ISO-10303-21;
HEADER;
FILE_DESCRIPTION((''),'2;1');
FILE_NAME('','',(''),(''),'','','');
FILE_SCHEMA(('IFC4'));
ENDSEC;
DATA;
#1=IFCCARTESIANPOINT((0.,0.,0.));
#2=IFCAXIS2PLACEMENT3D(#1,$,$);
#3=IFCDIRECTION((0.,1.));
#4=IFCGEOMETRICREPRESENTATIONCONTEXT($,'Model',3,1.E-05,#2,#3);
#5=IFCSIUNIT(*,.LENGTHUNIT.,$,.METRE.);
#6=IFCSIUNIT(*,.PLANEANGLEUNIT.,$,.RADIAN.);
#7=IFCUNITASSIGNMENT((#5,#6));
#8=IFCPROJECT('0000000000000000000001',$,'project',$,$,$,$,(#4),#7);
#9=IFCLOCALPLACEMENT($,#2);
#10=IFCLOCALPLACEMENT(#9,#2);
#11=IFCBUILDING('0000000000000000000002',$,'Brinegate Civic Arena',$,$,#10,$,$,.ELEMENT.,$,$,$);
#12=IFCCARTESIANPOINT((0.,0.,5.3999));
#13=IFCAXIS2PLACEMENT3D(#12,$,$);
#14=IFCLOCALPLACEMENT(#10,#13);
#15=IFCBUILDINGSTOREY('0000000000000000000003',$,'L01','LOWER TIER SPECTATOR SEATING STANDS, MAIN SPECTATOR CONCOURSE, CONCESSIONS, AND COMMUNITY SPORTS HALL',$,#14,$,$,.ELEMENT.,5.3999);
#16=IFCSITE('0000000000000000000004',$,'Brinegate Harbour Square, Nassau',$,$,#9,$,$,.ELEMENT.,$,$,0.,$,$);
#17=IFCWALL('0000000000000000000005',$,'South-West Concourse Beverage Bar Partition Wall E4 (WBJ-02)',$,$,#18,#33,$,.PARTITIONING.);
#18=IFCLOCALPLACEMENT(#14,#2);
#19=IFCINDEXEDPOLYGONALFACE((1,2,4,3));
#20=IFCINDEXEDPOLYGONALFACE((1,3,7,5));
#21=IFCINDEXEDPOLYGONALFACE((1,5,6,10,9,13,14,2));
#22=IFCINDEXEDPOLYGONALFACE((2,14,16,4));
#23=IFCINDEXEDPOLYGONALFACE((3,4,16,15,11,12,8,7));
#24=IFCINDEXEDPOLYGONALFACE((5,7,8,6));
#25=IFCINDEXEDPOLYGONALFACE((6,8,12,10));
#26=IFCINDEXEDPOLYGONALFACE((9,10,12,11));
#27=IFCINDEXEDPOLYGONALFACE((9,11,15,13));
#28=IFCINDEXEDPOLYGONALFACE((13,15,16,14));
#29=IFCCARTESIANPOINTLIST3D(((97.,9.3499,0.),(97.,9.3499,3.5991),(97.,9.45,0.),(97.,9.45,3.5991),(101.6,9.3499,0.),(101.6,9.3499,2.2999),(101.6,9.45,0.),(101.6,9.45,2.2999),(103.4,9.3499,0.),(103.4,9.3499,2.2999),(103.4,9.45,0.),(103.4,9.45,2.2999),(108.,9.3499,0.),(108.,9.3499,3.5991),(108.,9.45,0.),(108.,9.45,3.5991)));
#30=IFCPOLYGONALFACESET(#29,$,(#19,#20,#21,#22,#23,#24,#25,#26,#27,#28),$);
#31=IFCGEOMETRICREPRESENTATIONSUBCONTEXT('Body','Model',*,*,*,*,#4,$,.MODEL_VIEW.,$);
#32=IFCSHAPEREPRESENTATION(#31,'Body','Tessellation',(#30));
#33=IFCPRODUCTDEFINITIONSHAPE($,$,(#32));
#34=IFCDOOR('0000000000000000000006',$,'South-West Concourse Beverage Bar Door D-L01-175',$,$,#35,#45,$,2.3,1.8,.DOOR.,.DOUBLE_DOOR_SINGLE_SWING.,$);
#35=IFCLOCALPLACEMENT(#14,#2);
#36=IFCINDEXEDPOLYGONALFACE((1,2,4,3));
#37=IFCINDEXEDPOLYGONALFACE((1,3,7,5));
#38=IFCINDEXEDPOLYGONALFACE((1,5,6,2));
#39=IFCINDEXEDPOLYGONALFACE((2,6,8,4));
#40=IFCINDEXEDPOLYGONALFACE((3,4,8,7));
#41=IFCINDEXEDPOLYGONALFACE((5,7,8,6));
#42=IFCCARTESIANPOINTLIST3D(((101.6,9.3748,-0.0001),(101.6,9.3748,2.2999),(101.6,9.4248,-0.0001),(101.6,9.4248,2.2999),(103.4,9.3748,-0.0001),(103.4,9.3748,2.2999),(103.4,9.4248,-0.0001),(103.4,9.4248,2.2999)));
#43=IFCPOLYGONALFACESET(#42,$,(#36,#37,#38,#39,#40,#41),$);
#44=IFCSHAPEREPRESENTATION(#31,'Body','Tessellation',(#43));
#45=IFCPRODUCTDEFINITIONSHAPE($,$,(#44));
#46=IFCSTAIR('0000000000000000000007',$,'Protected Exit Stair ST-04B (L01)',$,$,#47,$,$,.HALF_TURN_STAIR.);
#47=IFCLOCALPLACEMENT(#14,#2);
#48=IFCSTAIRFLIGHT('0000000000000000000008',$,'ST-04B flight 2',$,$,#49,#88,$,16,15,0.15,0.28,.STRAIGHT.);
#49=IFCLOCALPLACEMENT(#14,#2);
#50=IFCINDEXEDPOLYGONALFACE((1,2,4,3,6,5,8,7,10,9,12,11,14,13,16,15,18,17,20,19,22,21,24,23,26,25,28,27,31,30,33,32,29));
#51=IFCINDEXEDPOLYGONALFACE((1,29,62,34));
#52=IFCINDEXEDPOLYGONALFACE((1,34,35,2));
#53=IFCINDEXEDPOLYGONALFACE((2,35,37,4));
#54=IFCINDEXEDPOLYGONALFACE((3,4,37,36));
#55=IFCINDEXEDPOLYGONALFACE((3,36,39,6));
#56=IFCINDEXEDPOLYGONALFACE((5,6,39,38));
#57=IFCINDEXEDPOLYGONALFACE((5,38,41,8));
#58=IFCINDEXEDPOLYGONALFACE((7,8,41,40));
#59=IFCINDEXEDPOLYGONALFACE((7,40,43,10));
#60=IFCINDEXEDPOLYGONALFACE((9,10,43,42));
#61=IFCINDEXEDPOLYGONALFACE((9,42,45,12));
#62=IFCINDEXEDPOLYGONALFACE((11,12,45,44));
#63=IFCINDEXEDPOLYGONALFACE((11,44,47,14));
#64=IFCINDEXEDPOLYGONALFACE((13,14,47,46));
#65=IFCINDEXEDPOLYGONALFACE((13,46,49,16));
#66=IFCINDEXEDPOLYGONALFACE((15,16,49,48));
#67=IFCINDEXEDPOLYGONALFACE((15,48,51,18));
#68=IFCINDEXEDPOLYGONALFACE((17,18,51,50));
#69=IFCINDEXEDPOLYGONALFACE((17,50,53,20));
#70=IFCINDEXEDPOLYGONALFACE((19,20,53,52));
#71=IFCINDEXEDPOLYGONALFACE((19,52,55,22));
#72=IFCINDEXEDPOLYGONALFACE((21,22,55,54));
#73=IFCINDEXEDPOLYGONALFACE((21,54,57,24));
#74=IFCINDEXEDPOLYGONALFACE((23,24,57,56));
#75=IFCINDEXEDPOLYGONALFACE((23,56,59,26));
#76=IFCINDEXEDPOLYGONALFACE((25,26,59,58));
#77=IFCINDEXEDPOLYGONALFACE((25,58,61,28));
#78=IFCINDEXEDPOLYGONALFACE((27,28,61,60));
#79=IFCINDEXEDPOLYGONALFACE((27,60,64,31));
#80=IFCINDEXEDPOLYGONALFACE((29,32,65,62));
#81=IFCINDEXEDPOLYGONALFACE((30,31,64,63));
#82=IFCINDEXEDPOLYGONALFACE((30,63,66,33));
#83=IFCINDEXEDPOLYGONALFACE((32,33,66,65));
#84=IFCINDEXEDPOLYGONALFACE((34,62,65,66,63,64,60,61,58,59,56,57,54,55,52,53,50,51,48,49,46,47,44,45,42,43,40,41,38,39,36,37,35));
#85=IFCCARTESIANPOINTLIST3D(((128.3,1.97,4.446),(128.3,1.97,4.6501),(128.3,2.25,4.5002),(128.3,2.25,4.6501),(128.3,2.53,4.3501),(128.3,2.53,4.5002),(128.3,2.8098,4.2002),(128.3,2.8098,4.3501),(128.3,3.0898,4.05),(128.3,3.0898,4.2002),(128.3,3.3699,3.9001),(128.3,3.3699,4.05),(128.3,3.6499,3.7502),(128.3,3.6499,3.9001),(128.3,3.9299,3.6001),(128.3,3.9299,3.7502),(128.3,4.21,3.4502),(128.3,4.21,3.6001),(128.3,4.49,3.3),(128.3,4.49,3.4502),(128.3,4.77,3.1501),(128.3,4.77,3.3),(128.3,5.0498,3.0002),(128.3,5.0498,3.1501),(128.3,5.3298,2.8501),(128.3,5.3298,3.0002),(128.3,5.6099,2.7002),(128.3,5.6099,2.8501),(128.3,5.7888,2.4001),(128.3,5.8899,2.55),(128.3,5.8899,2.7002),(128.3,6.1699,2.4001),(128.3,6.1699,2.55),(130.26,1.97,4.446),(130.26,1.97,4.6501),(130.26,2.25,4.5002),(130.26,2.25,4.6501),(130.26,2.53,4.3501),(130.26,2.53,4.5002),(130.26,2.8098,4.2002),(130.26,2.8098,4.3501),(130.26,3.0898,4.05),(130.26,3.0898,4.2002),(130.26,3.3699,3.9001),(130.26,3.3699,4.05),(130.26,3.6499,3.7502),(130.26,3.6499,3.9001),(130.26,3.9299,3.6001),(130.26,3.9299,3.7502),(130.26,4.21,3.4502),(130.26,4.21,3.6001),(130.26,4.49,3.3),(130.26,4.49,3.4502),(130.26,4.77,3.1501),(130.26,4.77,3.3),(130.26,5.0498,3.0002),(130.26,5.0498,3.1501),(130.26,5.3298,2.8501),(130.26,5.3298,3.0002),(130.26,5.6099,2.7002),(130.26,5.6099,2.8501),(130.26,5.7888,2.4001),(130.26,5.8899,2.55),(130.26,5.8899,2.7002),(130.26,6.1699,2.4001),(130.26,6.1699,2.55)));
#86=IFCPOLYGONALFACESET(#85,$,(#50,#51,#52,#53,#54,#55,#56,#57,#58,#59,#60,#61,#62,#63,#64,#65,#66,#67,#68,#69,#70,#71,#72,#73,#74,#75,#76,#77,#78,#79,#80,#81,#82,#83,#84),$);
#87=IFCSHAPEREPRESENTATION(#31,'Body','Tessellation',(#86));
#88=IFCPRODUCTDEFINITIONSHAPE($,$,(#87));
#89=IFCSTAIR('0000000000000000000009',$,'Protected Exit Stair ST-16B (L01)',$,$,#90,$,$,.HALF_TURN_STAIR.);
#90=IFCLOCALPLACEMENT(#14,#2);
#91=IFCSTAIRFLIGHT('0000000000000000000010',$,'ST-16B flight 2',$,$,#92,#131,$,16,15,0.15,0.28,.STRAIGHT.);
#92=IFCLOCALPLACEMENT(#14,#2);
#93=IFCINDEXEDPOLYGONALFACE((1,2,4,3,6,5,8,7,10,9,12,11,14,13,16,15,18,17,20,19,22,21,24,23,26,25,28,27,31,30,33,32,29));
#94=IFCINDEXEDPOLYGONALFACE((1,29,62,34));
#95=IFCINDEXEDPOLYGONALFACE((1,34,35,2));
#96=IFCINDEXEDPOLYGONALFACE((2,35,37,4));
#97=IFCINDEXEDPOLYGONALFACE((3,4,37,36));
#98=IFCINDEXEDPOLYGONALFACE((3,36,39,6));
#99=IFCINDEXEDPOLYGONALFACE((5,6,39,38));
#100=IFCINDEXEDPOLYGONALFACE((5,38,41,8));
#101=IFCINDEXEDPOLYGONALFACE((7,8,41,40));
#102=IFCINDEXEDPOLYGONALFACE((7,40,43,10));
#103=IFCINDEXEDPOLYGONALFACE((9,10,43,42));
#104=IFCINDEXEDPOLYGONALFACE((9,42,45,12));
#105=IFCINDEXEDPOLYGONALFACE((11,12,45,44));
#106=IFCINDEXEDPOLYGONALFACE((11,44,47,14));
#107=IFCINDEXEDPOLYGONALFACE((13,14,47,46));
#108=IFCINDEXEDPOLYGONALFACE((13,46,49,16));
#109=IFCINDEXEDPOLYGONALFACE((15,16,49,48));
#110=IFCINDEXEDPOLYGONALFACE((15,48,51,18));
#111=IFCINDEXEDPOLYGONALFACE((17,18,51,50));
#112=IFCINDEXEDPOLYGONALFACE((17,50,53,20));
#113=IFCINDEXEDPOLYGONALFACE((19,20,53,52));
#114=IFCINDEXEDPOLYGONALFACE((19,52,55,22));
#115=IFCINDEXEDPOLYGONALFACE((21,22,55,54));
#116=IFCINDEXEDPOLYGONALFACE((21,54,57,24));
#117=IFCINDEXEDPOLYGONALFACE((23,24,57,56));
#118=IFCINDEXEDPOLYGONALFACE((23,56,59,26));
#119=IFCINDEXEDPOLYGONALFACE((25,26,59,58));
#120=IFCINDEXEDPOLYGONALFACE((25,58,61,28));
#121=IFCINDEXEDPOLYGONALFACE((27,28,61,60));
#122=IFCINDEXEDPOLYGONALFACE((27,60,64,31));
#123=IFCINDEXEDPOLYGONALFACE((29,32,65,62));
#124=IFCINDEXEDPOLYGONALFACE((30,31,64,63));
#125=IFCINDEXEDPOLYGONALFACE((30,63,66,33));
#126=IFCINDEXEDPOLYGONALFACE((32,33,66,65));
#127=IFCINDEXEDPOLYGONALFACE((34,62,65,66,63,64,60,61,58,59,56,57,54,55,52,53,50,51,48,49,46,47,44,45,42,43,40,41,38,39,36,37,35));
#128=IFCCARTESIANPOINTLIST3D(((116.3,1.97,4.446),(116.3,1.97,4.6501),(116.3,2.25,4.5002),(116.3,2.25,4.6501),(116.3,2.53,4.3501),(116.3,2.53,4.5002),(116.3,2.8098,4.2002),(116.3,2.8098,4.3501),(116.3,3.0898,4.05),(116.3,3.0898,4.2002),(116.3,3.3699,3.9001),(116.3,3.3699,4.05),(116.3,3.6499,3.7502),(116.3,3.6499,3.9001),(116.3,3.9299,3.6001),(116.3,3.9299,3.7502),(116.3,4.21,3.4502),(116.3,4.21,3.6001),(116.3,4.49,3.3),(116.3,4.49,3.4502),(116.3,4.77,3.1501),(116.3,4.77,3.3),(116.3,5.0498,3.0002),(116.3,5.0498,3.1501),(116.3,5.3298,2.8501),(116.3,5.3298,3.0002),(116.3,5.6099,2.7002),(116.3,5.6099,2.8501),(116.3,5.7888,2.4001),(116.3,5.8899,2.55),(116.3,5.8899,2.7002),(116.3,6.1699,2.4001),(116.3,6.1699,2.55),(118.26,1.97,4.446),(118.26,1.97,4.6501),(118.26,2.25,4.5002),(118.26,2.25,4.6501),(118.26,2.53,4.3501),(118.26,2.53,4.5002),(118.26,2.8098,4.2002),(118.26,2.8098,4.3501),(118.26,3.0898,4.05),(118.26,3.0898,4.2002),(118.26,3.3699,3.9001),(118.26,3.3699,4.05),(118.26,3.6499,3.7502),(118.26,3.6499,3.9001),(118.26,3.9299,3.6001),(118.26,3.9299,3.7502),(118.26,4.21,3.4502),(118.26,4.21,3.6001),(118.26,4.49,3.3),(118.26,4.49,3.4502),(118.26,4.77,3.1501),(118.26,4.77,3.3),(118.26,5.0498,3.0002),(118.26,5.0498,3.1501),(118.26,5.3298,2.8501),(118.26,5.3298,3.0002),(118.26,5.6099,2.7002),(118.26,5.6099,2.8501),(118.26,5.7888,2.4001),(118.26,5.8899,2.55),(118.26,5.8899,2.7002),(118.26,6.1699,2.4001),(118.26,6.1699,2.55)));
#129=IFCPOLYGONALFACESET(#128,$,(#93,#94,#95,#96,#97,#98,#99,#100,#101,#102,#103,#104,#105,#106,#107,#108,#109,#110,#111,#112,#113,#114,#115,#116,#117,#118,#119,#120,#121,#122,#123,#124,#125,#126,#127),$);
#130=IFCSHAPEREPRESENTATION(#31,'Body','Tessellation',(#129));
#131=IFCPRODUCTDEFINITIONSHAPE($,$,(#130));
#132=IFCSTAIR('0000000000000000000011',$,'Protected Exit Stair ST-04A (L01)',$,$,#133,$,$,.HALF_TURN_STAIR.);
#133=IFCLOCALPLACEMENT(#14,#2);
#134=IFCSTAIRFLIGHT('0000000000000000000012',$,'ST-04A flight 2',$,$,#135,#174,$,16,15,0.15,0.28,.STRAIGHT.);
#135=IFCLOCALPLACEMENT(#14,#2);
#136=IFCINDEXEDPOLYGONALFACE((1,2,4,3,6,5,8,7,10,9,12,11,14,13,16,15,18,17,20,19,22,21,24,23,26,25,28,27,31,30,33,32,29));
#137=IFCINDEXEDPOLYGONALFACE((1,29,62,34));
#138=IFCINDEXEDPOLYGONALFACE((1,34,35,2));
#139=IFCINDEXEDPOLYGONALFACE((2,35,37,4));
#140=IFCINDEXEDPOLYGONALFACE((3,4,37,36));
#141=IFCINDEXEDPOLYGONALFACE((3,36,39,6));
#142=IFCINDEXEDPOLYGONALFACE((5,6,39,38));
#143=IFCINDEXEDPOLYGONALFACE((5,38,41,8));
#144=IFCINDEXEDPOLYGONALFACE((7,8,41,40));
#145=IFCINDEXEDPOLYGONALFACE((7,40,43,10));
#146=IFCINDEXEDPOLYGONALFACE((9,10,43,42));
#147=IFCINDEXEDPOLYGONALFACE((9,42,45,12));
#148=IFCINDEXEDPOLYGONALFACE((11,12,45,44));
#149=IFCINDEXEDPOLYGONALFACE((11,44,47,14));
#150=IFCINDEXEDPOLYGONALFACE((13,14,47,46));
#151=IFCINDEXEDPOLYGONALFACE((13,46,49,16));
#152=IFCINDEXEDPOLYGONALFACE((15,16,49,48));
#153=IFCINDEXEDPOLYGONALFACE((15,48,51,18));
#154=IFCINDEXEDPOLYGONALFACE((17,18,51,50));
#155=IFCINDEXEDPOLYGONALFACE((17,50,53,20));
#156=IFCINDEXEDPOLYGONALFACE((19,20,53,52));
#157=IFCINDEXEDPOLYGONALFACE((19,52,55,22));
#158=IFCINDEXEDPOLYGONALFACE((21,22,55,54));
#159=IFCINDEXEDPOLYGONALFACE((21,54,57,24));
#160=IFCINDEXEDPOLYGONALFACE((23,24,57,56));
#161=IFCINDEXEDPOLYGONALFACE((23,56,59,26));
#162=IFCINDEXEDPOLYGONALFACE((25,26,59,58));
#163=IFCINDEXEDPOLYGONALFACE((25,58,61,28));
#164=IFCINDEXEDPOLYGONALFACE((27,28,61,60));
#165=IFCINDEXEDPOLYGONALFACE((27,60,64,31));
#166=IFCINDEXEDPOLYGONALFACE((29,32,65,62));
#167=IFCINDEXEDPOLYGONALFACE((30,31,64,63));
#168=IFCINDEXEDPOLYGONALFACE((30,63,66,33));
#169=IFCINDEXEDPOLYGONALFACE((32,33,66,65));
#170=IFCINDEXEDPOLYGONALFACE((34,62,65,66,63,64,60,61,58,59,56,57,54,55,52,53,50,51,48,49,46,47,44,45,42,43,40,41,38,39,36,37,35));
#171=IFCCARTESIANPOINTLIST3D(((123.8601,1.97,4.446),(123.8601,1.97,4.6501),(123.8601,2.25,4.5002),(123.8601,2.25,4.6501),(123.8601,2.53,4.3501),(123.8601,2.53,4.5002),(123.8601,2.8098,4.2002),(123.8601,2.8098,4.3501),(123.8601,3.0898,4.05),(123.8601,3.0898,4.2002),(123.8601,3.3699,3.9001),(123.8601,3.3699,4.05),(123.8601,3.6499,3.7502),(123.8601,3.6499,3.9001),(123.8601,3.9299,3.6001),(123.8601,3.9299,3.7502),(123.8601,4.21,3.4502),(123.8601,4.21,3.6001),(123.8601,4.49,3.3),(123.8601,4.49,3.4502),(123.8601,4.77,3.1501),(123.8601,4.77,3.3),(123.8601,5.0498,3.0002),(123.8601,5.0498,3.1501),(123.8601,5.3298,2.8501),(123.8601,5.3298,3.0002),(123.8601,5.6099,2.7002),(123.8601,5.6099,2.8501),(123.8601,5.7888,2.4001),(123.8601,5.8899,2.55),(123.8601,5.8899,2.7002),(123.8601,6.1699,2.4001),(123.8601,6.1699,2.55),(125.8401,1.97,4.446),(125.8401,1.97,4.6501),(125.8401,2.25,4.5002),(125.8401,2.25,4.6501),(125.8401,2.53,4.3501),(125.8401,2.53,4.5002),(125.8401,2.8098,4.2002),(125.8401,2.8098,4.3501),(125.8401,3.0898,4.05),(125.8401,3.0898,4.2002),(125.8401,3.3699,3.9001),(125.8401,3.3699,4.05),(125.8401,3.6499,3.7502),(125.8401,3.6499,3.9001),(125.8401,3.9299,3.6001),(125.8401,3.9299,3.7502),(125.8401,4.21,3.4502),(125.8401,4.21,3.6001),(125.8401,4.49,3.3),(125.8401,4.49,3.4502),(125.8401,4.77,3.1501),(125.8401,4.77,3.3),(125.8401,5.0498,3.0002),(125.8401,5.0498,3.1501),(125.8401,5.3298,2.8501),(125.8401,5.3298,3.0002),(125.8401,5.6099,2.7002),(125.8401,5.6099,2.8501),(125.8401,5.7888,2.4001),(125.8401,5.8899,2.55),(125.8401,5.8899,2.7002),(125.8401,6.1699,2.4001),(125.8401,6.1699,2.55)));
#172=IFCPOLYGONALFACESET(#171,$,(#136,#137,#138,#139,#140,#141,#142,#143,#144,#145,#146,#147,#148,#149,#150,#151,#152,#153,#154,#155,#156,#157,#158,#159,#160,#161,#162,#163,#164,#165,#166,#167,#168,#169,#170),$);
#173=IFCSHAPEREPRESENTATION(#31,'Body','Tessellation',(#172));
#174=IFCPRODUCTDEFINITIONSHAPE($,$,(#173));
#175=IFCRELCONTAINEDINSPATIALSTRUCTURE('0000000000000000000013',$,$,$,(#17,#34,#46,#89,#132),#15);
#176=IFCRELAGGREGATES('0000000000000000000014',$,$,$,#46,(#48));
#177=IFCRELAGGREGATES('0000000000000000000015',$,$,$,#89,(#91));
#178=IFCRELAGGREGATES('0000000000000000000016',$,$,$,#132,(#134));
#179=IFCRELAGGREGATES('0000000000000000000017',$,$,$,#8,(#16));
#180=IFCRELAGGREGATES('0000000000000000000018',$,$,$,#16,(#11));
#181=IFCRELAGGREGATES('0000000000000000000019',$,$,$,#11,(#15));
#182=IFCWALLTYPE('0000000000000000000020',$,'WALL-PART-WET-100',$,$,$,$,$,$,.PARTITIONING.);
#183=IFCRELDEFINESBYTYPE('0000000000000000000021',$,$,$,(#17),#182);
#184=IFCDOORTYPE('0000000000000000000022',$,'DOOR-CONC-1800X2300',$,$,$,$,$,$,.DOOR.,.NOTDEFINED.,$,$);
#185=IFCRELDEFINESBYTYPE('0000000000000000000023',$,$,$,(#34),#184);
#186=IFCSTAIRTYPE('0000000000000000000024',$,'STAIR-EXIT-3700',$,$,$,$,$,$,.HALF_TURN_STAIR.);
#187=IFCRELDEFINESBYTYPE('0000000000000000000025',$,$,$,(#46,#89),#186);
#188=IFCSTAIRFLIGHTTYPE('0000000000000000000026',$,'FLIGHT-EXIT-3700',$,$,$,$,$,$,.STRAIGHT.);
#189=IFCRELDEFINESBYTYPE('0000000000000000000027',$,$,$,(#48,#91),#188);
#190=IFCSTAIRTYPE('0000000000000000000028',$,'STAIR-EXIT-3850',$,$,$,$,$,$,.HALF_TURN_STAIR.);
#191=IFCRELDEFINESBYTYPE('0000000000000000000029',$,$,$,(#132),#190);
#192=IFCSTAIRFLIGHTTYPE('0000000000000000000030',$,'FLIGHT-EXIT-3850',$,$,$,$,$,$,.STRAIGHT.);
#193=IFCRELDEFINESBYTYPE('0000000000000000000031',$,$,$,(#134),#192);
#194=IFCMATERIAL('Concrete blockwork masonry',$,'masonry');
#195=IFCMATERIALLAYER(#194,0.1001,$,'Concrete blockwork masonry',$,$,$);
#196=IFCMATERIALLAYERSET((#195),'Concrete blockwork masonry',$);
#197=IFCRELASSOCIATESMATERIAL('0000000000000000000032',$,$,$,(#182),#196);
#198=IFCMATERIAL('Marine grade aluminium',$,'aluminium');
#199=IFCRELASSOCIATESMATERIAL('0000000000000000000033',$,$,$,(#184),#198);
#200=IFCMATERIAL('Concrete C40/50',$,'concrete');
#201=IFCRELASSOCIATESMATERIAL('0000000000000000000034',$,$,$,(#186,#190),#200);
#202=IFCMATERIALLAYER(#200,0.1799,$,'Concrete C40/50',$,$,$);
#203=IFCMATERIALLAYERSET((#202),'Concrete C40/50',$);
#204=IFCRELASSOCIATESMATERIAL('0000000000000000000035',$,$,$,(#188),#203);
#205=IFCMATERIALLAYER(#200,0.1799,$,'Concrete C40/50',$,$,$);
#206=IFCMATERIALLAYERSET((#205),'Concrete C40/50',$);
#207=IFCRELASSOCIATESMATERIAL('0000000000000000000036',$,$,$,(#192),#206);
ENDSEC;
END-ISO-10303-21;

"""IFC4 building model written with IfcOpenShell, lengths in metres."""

from ifc_helpers import new_model, si_unit, direction, frame, frame_2d, origin, place, context, subcontext, project, spatial, polyline, rectangle, outline, extrude, material, layer, layer_set, type_object, element, fill, aggregate, save


model = new_model("IFC4")

# Units and contexts
model_context = context("Model", 3, precision=1e-05, world=origin(), true_north=direction((0.0, 1.0)))
body_context = subcontext(model_context, "Body", "Model", "MODEL_VIEW")
ifc_project = project(units=[si_unit("LENGTHUNIT", "METRE"), si_unit("PLANEANGLEUNIT", "RADIAN")], contexts=[model_context])

# Site, building, storey
site_placement = place(None, origin())
site = spatial("IfcSite", under=ifc_project, at=site_placement, Name="Brinegate Harbour Square, Nassau", CompositionType="ELEMENT", RefElevation=0.0)
building_placement = place(site_placement, origin())
building = spatial("IfcBuilding", under=site, at=building_placement, Name="Brinegate Civic Arena", CompositionType="ELEMENT")
storey_placement = place(building_placement, frame((0.0, 0.0, 5.3999)))
storey = spatial("IfcBuildingStorey", under=building, at=storey_placement, Name="L01", Description="LOWER TIER SPECTATOR SEATING STANDS, MAIN SPECTATOR CONCOURSE, CONCESSIONS, AND COMMUNITY SPORTS HALL", CompositionType="ELEMENT", Elevation=5.3999)

# Shared definitions
ifc_material_1 = material(Name="Marine grade aluminium", Category="aluminium")

# Shared definitions
ifc_material_2 = material(Name="Concrete blockwork masonry", Category="masonry")
ifc_layer_1 = layer(ifc_material_2, 0.1001, Name="Concrete blockwork masonry")
ifc_layer_set_1 = layer_set([ifc_layer_1], Name="Concrete blockwork masonry")
wall_type_1 = type_object("IfcWallType", Name="WALL-PART-WET-100", PredefinedType="PARTITIONING", material=ifc_layer_set_1)

# Wall, opening, door
wall_1_placement = place(storey_placement, frame((97.0, 9.3999, 0.0), z_axis=(0.0, 0.0, 1.0), x_axis=(1.0, 0.0, 0.0)))
wall_1 = element("IfcWall", 1, at=wall_1_placement, inside=storey, type_object=wall_type_1, Name="South-West Concourse Beverage Bar Partition Wall E4 (WBJ-02)", PredefinedType="PARTITIONING", context=body_context, shape_type="SweptSolid", body=[
    extrude(rectangle(XDim=11.0, YDim=0.1001, at=frame_2d((5.5, 0.0))), origin(), (0.0, 0.0, 1.0), 3.5991),
])
opening_placement = place(wall_1_placement, frame((4.6001, 0.0, 0.0)))
opening = element("IfcOpeningElement", 2, at=opening_placement, cuts=wall_1, PredefinedType="OPENING", context=body_context, shape_type="SweptSolid", body=[
    extrude(rectangle(XDim=1.8, YDim=2.3, at=frame_2d((0.8999, 1.1499))), frame((0.0, 0.0601, 0.0), z_axis=(0.0, -1.0, 0.0), x_axis=(1.0, 0.0, 0.0)), (0.0, 0.0, 1.0), 0.1201),
])
door_type = type_object("IfcDoorType", Name="DOOR-CONC-1800X2300", OperationType="NOTDEFINED", PredefinedType="DOOR", material=ifc_material_1)
door_placement = place(opening_placement, origin())
door = element("IfcDoor", 3, at=door_placement, inside=storey, type_object=door_type, Name="South-West Concourse Beverage Bar Door D-L01-175", OperationType="DOUBLE_DOOR_SINGLE_SWING", OverallHeight=2.3, OverallWidth=1.8, PredefinedType="DOOR", context=body_context, shape_type="SweptSolid", body=[
    extrude(rectangle(XDim=1.8, YDim=2.3, at=frame_2d((0.8999, 1.1499))), frame((0.0, 0.0249, 0.0), z_axis=(0.0, -1.0, 0.0), x_axis=(1.0, 0.0, 0.0)), (0.0, 0.0, 1.0), 0.05),
])
fill(opening, door)

# Stairs, stair flights
ifc_material_3 = material(Name="Concrete C40/50", Category="concrete")
stair_type_1 = type_object("IfcStairType", Name="STAIR-EXIT-3700", PredefinedType="HALF_TURN_STAIR", material=ifc_material_3)
stair_1_placement = place(storey_placement, origin())
stair_1 = element("IfcStair", 4, at=stair_1_placement, inside=storey, type_object=stair_type_1, Name="Protected Exit Stair ST-04B (L01)", PredefinedType="HALF_TURN_STAIR")
ifc_layer_2 = layer(ifc_material_3, 0.1799, Name="Concrete C40/50")
ifc_layer_set_2 = layer_set([ifc_layer_2], Name="Concrete C40/50")
stair_flight_type_1 = type_object("IfcStairFlightType", Name="FLIGHT-EXIT-3700", PredefinedType="STRAIGHT", material=ifc_layer_set_2)
stair_flight_1_placement = place(storey_placement, frame((129.28, 6.1699, 2.4001), z_axis=(0.0, 0.0, 1.0), x_axis=(0.0, -1.0, 0.0)))
stair_flight_1 = element("IfcStairFlight", 5, at=stair_flight_1_placement, type_object=stair_flight_type_1, Name="ST-04B flight 2", NumberOfRisers=16, NumberOfTreads=15, PredefinedType="STRAIGHT", RiserHeight=0.15, TreadLength=0.28, context=body_context, shape_type="SweptSolid", body=[
    extrude(outline(polyline([(0.0, 0.0), (0.0, 0.1499), (0.28, 0.1499), (0.28, 0.3), (0.5601, 0.3), (0.5601, 0.45), (0.8401, 0.45), (0.8401, 0.6001), (1.1201, 0.6001), (1.1201, 0.75), (1.3999, 0.75), (1.3999, 0.8999), (1.6799, 0.8999), (1.6799, 1.05), (1.96, 1.05), (1.96, 1.2), (2.24, 1.2), (2.24, 1.3501), (2.52, 1.3501), (2.52, 1.5), (2.8, 1.5), (2.8, 1.6499), (3.0801, 1.6499), (3.0801, 1.8), (3.3601, 1.8), (3.3601, 1.95), (3.6399, 1.95), (3.6399, 2.1001), (3.9199, 2.1001), (3.9199, 2.25), (4.2, 2.25), (4.2, 2.3999), (4.2, 2.0459), (0.3811, 0.0), (0.0, 0.0)])), frame((0.0, 0.98, 0.0), z_axis=(0.0, -1.0, 0.0), x_axis=(1.0, 0.0, 0.0)), (0.0, 0.0, 1.0), 1.96),
])
aggregate(stair_1, [stair_flight_1])
stair_2_placement = place(storey_placement, origin())
stair_2 = element("IfcStair", 6, at=stair_2_placement, inside=storey, type_object=stair_type_1, Name="Protected Exit Stair ST-16B (L01)", PredefinedType="HALF_TURN_STAIR")
stair_flight_2_placement = place(storey_placement, frame((117.28, 6.1699, 2.4001), z_axis=(0.0, 0.0, 1.0), x_axis=(0.0, -1.0, 0.0)))
stair_flight_2 = element("IfcStairFlight", 7, at=stair_flight_2_placement, type_object=stair_flight_type_1, Name="ST-16B flight 2", NumberOfRisers=16, NumberOfTreads=15, PredefinedType="STRAIGHT", RiserHeight=0.15, TreadLength=0.28, context=body_context, shape_type="SweptSolid", body=[
    extrude(outline(polyline([(0.0, 0.0), (0.0, 0.1499), (0.28, 0.1499), (0.28, 0.3), (0.5601, 0.3), (0.5601, 0.45), (0.8401, 0.45), (0.8401, 0.6001), (1.1201, 0.6001), (1.1201, 0.75), (1.3999, 0.75), (1.3999, 0.8999), (1.6799, 0.8999), (1.6799, 1.05), (1.96, 1.05), (1.96, 1.2), (2.24, 1.2), (2.24, 1.3501), (2.52, 1.3501), (2.52, 1.5), (2.8, 1.5), (2.8, 1.6499), (3.0801, 1.6499), (3.0801, 1.8), (3.3601, 1.8), (3.3601, 1.95), (3.6399, 1.95), (3.6399, 2.1001), (3.9199, 2.1001), (3.9199, 2.25), (4.2, 2.25), (4.2, 2.3999), (4.2, 2.0459), (0.3811, 0.0), (0.0, 0.0)])), frame((0.0, 0.98, 0.0), z_axis=(0.0, -1.0, 0.0), x_axis=(1.0, 0.0, 0.0)), (0.0, 0.0, 1.0), 1.96),
])
aggregate(stair_2, [stair_flight_2])
stair_type_2 = type_object("IfcStairType", Name="STAIR-EXIT-3850", PredefinedType="HALF_TURN_STAIR", material=ifc_material_3)
stair_3_placement = place(storey_placement, origin())
stair_3 = element("IfcStair", 8, at=stair_3_placement, inside=storey, type_object=stair_type_2, Name="Protected Exit Stair ST-04A (L01)", PredefinedType="HALF_TURN_STAIR")
ifc_layer_3 = layer(ifc_material_3, 0.1799, Name="Concrete C40/50")
ifc_layer_set_3 = layer_set([ifc_layer_3], Name="Concrete C40/50")
stair_flight_type_2 = type_object("IfcStairFlightType", Name="FLIGHT-EXIT-3850", PredefinedType="STRAIGHT", material=ifc_layer_set_3)
stair_flight_3_placement = place(storey_placement, frame((124.8501, 6.1699, 2.4001), z_axis=(0.0, 0.0, 1.0), x_axis=(0.0, -1.0, 0.0)))
stair_flight_3 = element("IfcStairFlight", 9, at=stair_flight_3_placement, type_object=stair_flight_type_2, Name="ST-04A flight 2", NumberOfRisers=16, NumberOfTreads=15, PredefinedType="STRAIGHT", RiserHeight=0.15, TreadLength=0.28, context=body_context, shape_type="SweptSolid", body=[
    extrude(outline(polyline([(0.0, 0.0), (0.0, 0.1499), (0.28, 0.1499), (0.28, 0.3), (0.5601, 0.3), (0.5601, 0.45), (0.8401, 0.45), (0.8401, 0.6001), (1.1201, 0.6001), (1.1201, 0.75), (1.3999, 0.75), (1.3999, 0.8999), (1.6799, 0.8999), (1.6799, 1.05), (1.96, 1.05), (1.96, 1.2), (2.24, 1.2), (2.24, 1.3501), (2.52, 1.3501), (2.52, 1.5), (2.8, 1.5), (2.8, 1.6499), (3.0801, 1.6499), (3.0801, 1.8), (3.3601, 1.8), (3.3601, 1.95), (3.6399, 1.95), (3.6399, 2.1001), (3.9199, 2.1001), (3.9199, 2.25), (4.2, 2.25), (4.2, 2.3999), (4.2, 2.0459), (0.3811, 0.0), (0.0, 0.0)])), frame((0.0, 0.99, 0.0), z_axis=(0.0, -1.0, 0.0), x_axis=(1.0, 0.0, 0.0)), (0.0, 0.0, 1.0), 1.98),
])
aggregate(stair_3, [stair_flight_3])

save(model, "model.ifc")
